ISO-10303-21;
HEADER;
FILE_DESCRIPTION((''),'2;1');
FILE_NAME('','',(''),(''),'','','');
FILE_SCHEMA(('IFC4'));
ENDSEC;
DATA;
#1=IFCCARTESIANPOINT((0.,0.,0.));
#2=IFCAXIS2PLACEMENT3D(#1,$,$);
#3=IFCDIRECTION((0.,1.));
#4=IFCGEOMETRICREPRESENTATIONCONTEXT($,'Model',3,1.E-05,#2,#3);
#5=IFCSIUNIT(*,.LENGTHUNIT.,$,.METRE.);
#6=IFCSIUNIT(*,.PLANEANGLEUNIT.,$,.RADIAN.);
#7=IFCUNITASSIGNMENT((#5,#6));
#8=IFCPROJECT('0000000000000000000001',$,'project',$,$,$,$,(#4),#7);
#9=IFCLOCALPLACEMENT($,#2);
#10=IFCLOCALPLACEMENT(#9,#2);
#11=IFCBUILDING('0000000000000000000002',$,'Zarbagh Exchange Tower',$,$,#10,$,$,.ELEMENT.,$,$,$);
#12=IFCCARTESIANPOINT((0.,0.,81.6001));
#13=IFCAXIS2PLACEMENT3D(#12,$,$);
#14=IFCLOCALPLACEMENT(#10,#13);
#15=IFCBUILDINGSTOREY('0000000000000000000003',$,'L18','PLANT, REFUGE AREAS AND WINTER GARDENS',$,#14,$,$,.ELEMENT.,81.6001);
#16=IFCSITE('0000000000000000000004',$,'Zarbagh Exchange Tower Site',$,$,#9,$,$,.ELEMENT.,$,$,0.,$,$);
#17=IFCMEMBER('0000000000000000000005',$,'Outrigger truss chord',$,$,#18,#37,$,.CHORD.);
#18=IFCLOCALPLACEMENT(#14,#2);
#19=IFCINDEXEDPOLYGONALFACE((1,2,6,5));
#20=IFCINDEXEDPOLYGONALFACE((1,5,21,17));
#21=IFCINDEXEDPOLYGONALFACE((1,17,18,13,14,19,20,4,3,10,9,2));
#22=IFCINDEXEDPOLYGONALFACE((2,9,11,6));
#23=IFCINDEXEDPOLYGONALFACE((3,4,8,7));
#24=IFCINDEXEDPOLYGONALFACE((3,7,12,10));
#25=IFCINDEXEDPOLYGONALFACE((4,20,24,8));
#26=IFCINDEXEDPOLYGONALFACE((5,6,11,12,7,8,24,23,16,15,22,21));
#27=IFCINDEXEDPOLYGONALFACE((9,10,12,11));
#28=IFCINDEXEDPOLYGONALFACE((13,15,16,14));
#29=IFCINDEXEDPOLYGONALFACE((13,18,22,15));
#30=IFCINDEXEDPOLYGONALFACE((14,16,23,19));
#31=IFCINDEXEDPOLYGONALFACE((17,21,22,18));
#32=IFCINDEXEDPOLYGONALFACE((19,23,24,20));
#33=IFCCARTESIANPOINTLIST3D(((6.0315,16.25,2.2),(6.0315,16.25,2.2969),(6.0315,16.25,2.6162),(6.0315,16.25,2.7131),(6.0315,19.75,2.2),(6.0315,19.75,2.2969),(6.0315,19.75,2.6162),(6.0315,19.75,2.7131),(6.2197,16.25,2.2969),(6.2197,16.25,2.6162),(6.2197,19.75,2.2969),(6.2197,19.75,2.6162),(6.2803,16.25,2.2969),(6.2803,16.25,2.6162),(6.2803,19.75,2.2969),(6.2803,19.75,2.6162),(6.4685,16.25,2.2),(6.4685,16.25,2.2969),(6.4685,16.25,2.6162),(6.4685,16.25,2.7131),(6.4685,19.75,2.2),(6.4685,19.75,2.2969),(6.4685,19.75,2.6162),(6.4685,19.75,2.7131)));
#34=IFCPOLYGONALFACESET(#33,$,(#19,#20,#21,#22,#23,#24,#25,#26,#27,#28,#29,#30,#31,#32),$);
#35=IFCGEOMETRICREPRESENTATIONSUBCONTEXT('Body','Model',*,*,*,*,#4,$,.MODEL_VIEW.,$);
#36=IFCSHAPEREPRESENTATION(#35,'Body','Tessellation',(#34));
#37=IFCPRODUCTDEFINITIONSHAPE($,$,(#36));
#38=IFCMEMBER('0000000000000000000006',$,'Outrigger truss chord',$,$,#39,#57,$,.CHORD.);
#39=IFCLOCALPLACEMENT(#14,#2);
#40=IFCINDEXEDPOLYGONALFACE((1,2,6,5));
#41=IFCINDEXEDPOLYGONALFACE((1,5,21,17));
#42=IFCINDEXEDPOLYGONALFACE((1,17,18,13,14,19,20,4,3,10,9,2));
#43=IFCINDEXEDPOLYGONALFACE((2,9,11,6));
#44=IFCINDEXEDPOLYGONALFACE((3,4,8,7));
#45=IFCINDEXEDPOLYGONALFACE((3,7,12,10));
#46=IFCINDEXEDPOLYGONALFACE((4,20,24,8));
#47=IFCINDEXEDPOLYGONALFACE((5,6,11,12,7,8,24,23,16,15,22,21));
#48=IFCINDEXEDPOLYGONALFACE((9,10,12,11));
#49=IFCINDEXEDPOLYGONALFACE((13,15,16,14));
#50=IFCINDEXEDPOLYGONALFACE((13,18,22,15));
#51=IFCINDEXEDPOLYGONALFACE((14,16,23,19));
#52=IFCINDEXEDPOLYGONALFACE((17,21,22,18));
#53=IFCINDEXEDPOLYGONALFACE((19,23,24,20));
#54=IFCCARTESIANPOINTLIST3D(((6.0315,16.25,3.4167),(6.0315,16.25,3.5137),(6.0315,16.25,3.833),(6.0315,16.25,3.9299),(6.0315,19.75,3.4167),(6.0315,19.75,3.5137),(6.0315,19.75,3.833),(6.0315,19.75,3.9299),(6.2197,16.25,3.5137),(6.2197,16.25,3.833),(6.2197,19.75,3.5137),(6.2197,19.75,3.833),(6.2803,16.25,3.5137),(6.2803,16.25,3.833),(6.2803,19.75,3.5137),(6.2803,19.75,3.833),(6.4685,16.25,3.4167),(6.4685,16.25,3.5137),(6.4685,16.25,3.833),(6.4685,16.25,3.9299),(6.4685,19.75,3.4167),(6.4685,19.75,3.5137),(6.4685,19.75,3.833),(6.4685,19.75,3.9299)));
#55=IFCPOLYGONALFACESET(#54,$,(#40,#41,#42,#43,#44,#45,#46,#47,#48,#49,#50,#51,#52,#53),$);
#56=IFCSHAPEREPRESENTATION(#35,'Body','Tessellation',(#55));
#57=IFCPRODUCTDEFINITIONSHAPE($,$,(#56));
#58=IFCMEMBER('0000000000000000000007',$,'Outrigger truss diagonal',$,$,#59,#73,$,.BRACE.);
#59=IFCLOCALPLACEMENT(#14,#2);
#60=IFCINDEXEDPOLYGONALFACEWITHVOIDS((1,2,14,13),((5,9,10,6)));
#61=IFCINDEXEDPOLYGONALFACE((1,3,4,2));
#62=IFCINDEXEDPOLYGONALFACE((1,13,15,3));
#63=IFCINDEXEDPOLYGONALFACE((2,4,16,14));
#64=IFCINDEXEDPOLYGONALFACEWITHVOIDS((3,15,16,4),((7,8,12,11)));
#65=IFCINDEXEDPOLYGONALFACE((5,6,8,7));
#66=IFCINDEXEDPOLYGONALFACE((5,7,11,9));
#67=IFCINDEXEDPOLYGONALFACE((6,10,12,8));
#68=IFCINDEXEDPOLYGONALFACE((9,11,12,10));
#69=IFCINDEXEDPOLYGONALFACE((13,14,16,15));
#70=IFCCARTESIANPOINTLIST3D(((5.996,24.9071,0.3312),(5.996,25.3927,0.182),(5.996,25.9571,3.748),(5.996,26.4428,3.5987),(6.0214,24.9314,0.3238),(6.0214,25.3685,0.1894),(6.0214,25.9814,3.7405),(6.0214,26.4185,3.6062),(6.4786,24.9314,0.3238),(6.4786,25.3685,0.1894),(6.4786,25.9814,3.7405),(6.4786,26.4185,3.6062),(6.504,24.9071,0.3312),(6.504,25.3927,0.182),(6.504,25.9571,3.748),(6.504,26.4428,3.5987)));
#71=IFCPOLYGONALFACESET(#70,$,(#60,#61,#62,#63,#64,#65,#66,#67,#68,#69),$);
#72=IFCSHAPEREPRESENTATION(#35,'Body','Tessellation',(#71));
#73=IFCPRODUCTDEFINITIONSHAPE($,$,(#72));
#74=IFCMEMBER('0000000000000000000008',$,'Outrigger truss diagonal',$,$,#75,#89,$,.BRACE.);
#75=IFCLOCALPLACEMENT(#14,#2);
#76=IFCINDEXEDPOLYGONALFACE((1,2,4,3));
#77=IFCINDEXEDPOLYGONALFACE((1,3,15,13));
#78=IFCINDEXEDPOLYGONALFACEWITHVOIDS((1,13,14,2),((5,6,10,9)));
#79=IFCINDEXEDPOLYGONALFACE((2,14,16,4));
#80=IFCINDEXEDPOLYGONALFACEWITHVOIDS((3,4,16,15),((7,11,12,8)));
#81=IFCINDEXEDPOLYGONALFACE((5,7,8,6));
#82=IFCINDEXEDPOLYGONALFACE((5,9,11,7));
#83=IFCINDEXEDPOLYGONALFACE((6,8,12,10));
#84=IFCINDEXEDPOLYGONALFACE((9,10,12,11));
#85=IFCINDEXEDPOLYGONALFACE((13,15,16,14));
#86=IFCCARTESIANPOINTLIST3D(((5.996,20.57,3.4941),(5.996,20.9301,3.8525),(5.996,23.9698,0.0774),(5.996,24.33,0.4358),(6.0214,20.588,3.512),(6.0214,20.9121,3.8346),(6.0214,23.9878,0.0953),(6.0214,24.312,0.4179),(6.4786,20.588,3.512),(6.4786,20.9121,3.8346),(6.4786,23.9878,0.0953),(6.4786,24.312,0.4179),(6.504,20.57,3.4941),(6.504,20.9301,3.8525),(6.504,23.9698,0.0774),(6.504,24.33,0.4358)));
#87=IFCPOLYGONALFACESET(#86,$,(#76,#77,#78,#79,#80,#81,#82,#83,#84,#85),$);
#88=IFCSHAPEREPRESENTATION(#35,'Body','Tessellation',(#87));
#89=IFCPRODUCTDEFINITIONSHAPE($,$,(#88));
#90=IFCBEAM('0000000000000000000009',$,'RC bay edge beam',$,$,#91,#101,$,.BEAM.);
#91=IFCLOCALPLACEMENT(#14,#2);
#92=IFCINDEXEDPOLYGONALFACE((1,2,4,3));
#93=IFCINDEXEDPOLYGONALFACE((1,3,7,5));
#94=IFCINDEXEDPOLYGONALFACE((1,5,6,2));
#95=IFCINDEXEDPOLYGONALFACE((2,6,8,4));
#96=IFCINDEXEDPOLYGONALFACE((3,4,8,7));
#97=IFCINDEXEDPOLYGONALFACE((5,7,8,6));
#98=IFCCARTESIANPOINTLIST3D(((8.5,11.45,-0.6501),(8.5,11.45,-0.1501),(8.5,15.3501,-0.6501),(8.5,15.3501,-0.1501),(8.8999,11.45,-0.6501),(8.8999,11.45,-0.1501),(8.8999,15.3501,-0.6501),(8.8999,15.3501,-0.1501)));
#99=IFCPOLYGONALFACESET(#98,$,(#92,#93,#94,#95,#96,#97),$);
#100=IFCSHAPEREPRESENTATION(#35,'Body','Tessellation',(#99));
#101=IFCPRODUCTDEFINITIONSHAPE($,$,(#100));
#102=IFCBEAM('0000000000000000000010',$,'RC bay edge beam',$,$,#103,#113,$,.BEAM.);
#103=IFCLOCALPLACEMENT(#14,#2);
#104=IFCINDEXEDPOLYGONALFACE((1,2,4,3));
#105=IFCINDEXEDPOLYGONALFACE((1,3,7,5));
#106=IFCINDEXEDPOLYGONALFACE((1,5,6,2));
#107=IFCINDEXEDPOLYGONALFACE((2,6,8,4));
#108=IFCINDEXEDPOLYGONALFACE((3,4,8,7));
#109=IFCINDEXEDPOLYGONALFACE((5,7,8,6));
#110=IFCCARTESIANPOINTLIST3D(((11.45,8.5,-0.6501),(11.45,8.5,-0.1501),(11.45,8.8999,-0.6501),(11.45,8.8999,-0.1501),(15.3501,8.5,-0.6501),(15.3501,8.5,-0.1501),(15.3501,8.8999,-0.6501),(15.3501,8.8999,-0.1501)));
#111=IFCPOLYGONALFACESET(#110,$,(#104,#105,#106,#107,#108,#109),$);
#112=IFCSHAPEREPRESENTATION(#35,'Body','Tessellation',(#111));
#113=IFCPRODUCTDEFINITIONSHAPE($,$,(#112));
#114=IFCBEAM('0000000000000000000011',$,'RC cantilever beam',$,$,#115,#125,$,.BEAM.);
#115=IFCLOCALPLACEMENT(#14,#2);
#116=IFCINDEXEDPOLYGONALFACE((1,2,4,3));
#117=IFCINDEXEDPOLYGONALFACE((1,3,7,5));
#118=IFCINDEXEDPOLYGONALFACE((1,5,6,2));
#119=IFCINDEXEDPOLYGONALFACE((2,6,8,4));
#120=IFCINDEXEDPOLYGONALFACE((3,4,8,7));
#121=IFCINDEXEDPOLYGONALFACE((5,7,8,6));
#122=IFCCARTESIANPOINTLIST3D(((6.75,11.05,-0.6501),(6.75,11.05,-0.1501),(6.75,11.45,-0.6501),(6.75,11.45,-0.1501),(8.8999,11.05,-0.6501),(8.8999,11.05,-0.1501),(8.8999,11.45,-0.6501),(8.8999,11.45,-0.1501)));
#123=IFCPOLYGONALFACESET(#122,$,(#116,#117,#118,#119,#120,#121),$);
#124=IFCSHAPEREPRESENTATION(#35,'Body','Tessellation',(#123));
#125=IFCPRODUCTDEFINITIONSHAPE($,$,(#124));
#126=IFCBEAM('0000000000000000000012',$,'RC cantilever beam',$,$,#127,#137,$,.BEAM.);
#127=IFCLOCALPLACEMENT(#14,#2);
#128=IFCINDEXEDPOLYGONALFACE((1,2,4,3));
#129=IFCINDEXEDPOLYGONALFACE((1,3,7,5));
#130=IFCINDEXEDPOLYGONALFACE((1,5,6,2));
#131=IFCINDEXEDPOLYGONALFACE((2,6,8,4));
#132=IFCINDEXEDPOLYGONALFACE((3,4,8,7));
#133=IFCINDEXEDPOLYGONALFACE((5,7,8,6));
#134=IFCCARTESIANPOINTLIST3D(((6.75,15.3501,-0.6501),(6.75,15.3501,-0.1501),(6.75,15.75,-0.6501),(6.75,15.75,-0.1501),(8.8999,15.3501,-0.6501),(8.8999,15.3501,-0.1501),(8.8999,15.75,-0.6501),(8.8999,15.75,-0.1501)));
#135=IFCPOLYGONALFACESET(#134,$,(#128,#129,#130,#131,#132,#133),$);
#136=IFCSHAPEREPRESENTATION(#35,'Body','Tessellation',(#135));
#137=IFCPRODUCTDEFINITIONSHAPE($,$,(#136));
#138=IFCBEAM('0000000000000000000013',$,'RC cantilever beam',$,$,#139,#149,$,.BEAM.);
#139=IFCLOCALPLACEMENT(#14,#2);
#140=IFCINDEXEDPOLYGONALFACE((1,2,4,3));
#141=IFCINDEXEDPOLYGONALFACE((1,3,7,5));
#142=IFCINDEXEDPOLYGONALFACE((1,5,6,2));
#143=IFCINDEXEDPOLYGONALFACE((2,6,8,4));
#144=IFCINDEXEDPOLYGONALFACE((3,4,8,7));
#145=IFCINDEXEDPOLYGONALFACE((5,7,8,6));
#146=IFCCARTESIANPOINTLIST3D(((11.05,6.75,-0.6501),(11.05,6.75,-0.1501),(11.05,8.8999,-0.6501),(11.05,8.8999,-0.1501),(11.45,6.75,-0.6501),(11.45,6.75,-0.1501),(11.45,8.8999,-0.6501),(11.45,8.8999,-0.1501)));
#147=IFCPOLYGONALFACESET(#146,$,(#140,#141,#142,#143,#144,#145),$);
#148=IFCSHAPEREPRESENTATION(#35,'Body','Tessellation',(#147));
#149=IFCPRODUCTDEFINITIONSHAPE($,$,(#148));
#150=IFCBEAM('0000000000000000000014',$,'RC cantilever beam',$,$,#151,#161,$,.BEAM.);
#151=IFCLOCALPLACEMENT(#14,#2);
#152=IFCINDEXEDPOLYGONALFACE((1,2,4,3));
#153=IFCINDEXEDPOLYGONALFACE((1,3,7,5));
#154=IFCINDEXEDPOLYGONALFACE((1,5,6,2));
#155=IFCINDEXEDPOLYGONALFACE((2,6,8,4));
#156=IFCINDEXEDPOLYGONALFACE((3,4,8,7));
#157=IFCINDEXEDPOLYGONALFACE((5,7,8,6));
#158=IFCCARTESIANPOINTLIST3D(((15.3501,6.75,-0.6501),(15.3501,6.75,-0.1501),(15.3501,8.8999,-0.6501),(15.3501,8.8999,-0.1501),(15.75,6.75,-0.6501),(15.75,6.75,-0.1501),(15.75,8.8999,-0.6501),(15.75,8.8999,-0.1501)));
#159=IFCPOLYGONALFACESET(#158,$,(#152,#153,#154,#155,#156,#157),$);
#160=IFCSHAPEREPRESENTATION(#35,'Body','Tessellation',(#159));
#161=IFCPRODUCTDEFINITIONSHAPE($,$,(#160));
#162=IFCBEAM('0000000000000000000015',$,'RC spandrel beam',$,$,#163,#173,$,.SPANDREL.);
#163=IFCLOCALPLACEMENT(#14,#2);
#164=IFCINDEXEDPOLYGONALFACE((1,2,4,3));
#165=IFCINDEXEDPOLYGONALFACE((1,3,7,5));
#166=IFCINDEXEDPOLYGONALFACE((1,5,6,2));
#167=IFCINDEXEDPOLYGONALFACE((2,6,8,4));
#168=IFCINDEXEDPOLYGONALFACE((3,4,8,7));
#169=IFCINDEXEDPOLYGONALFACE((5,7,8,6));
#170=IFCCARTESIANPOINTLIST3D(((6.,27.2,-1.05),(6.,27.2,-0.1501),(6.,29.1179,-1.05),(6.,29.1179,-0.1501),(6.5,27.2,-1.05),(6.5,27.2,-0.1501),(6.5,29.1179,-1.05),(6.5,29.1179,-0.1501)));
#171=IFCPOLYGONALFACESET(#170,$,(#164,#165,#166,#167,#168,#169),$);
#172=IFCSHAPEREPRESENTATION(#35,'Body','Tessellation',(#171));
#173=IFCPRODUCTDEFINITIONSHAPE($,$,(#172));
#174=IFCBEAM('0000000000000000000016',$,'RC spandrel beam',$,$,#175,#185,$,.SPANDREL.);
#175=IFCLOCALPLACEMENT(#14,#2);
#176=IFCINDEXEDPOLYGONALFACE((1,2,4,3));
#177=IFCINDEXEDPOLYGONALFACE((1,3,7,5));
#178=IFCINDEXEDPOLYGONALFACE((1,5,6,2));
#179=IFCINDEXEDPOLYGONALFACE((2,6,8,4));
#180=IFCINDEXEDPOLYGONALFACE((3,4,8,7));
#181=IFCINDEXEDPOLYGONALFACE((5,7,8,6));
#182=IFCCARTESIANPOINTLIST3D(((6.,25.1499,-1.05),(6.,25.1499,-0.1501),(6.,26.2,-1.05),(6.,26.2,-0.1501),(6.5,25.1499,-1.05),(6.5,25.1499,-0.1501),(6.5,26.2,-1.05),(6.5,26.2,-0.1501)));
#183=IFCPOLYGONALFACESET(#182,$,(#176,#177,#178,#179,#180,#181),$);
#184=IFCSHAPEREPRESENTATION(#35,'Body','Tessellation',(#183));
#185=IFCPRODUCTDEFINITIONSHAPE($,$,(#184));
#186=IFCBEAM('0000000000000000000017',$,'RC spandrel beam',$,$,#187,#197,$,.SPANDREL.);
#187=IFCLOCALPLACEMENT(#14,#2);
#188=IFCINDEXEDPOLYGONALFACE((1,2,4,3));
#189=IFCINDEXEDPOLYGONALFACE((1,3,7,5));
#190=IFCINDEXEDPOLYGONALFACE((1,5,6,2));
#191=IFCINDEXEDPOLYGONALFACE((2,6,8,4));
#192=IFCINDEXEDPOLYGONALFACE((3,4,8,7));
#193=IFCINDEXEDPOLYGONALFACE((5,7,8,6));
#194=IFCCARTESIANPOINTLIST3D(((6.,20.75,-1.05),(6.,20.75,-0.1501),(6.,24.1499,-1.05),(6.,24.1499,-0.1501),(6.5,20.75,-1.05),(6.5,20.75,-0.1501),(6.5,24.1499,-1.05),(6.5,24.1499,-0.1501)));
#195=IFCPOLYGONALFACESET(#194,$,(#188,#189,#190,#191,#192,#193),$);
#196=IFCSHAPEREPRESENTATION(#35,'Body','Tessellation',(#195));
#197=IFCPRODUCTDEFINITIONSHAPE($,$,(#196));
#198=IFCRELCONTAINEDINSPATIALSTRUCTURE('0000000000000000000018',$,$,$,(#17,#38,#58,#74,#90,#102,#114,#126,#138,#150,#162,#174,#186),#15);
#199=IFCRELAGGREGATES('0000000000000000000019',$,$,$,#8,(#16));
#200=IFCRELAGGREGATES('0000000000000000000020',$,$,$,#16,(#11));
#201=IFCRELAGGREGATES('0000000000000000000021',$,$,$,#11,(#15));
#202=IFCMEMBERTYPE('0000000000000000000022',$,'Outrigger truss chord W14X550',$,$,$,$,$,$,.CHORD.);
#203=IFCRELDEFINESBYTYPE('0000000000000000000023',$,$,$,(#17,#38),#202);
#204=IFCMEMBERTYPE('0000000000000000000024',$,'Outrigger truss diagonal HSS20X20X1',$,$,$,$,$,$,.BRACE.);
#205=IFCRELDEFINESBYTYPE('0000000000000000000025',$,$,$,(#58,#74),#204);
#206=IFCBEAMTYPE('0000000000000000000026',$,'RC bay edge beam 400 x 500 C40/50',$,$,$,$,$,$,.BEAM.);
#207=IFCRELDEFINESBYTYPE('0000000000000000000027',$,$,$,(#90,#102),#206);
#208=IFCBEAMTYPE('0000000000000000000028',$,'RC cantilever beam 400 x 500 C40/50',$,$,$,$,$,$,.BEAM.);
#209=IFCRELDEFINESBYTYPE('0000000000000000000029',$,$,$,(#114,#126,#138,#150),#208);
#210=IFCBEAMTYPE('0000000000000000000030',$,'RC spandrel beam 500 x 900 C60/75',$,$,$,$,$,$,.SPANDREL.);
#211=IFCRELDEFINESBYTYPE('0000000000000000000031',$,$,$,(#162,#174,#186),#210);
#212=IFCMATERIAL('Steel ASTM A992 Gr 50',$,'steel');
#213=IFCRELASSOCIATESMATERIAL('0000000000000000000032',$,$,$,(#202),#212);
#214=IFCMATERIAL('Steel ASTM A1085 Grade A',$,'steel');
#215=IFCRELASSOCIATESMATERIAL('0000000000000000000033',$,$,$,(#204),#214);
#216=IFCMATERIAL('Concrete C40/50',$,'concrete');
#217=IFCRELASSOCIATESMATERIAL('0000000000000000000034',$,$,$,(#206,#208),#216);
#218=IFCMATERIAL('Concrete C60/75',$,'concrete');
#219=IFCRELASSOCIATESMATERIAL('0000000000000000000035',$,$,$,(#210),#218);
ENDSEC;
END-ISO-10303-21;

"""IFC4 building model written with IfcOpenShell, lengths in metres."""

from ifc_helpers import new_model, si_unit, direction, frame, origin, origin_2d, place, context, subcontext, project, spatial, rectangle, hollow_rectangle, i_section, extrude, material, material_profile, profile_set, type_object, element, save


model = new_model("IFC4")

# Units and contexts
model_context = context("Model", 3, precision=1e-05, world=origin(), true_north=direction((0.0, 1.0)))
body_context = subcontext(model_context, "Body", "Model", "MODEL_VIEW")
ifc_project = project(units=[si_unit("LENGTHUNIT", "METRE"), si_unit("PLANEANGLEUNIT", "RADIAN")], contexts=[model_context])

# Site, building, storey
site_placement = place(None, origin())
site = spatial("IfcSite", under=ifc_project, at=site_placement, Name="Zarbagh Exchange Tower Site", CompositionType="ELEMENT", RefElevation=0.0)
building_placement = place(site_placement, origin())
building = spatial("IfcBuilding", under=site, at=building_placement, Name="Zarbagh Exchange Tower", CompositionType="ELEMENT")
storey_placement = place(building_placement, frame((0.0, 0.0, 81.6001)))
storey = spatial("IfcBuildingStorey", under=building, at=storey_placement, Name="L18", Description="PLANT, REFUGE AREAS AND WINTER GARDENS", CompositionType="ELEMENT", Elevation=81.6001)

# Shared definitions
ifc_material_1 = material(Name="Concrete C60/75", Category="concrete")

# Members
ifc_material_2 = material(Name="Steel ASTM A992 Gr 50", Category="steel")
ifc_material_profile_1 = material_profile(ifc_material_2, i_section(OverallWidth=0.437, OverallDepth=0.5132, WebThickness=0.0605, FlangeThickness=0.0969, at=origin_2d()), Name="W14X550")
ifc_profile_set_1 = profile_set([ifc_material_profile_1], Name="Steel ASTM A992 Gr 50")
member_type_1 = type_object("IfcMemberType", Name="Outrigger truss chord W14X550", PredefinedType="CHORD", material=ifc_profile_set_1)
for number, where, z_axis, x_axis, name in (
    (1, (6.25, 19.75, 2.4565), (0.0, -1.0, 0.0), (1.0, 0.0, 0.0), "Outrigger truss chord"),
    (2, (6.25, 19.75, 3.6733), (0.0, -1.0, 0.0), (1.0, 0.0, 0.0), "Outrigger truss chord"),
):
    element("IfcMember", number, at=place(storey_placement, frame(where, z_axis=z_axis, x_axis=x_axis)), inside=storey, type_object=member_type_1, Name=name, PredefinedType="CHORD", context=body_context, shape_type="SweptSolid", body=[
        extrude(i_section(OverallWidth=0.437, OverallDepth=0.5132, WebThickness=0.0605, FlangeThickness=0.0969, at=origin_2d()), origin(), (0.0, 0.0, 1.0), 3.5),
    ])
ifc_material_3 = material(Name="Steel ASTM A1085 Grade A", Category="steel")
ifc_material_profile_2 = material_profile(ifc_material_3, hollow_rectangle(XDim=0.5081, YDim=0.5081, WallThickness=0.0254, at=origin_2d()), Name="HSS20X20X1")
ifc_profile_set_2 = profile_set([ifc_material_profile_2], Name="Steel ASTM A1085 Grade A")
member_type_2 = type_object("IfcMemberType", Name="Outrigger truss diagonal HSS20X20X1", PredefinedType="BRACE", material=ifc_profile_set_2)
member_1_placement = place(storey_placement, frame((6.25, 25.1499, 0.2566), z_axis=(0.0, 0.293764, 0.955878), x_axis=(-1.0, 0.0, 0.0)))
element("IfcMember", 3, at=member_1_placement, inside=storey, type_object=member_type_2, Name="Outrigger truss diagonal", PredefinedType="BRACE", context=body_context, shape_type="SweptSolid", body=[
    extrude(hollow_rectangle(XDim=0.5081, YDim=0.5081, WallThickness=0.0254, at=origin_2d()), origin(), (0.0, 0.0, 1.0), 3.5745),
])
member_2_placement = place(storey_placement, frame((6.25, 24.1499, 0.2566), z_axis=(0.0, -0.705357, 0.708852), x_axis=(1.0, 0.0, 0.0)))
element("IfcMember", 4, at=member_2_placement, inside=storey, type_object=member_type_2, Name="Outrigger truss diagonal", PredefinedType="BRACE", context=body_context, shape_type="SweptSolid", body=[
    extrude(hollow_rectangle(XDim=0.5081, YDim=0.5081, WallThickness=0.0254, at=origin_2d()), origin(), (0.0, 0.0, 1.0), 4.8201),
])

# Beams
ifc_material_4 = material(Name="Concrete C40/50", Category="concrete")
ifc_material_profile_3 = material_profile(ifc_material_4, rectangle(XDim=0.3999, YDim=0.5, at=origin_2d()), Name="RC bay edge beam 400 x 500 C40/50")
ifc_profile_set_3 = profile_set([ifc_material_profile_3], Name="Concrete C40/50")
beam_type_1 = type_object("IfcBeamType", Name="RC bay edge beam 400 x 500 C40/50", PredefinedType="BEAM", material=ifc_profile_set_3)
for number, where, z_axis, x_axis, name in (
    (5, (8.7, 11.45, -0.4001), (0.0, 1.0, 0.0), (-1.0, 0.0, 0.0), "RC bay edge beam"),
    (6, (11.45, 8.7, -0.4001), (1.0, 0.0, 0.0), (0.0, 1.0, 0.0), "RC bay edge beam"),
):
    element("IfcBeam", number, at=place(storey_placement, frame(where, z_axis=z_axis, x_axis=x_axis)), inside=storey, type_object=beam_type_1, Name=name, PredefinedType="BEAM", context=body_context, shape_type="SweptSolid", body=[
        extrude(rectangle(XDim=0.3999, YDim=0.5, at=origin_2d()), origin(), (0.0, 0.0, 1.0), 3.9001),
    ])
ifc_material_profile_4 = material_profile(ifc_material_4, rectangle(XDim=0.3999, YDim=0.5, at=origin_2d()), Name="RC cantilever beam 400 x 500 C40/50")
ifc_profile_set_4 = profile_set([ifc_material_profile_4], Name="Concrete C40/50")
beam_type_2 = type_object("IfcBeamType", Name="RC cantilever beam 400 x 500 C40/50", PredefinedType="BEAM", material=ifc_profile_set_4)
for number, where, z_axis, x_axis, name in (
    (7, (6.75, 11.25, -0.4001), (1.0, 0.0, 0.0), (0.0, 1.0, 0.0), "RC cantilever beam"),
    (8, (6.75, 15.55, -0.4001), (1.0, 0.0, 0.0), (0.0, 1.0, 0.0), "RC cantilever beam"),
    (9, (11.25, 6.75, -0.4001), (0.0, 1.0, 0.0), (-1.0, 0.0, 0.0), "RC cantilever beam"),
    (10, (15.55, 6.75, -0.4001), (0.0, 1.0, 0.0), (-1.0, 0.0, 0.0), "RC cantilever beam"),
):
    element("IfcBeam", number, at=place(storey_placement, frame(where, z_axis=z_axis, x_axis=x_axis)), inside=storey, type_object=beam_type_2, Name=name, PredefinedType="BEAM", context=body_context, shape_type="SweptSolid", body=[
        extrude(rectangle(XDim=0.3999, YDim=0.5, at=origin_2d()), origin(), (0.0, 0.0, 1.0), 2.1499),
    ])
ifc_material_profile_5 = material_profile(ifc_material_1, rectangle(XDim=0.5, YDim=0.8999, at=origin_2d()), Name="RC spandrel beam 500 x 900 C60/75")
ifc_profile_set_5 = profile_set([ifc_material_profile_5], Name="Concrete C60/75")
beam_type_3 = type_object("IfcBeamType", Name="RC spandrel beam 500 x 900 C60/75", PredefinedType="SPANDREL", material=ifc_profile_set_5)
beam_1_placement = place(storey_placement, frame((6.25, 29.1179, -0.6001), z_axis=(0.0, -1.0, 0.0), x_axis=(1.0, 0.0, 0.0)))
element("IfcBeam", 11, at=beam_1_placement, inside=storey, type_object=beam_type_3, Name="RC spandrel beam", PredefinedType="SPANDREL", context=body_context, shape_type="SweptSolid", body=[
    extrude(rectangle(XDim=0.5, YDim=0.8999, at=origin_2d()), origin(), (0.0, 0.0, 1.0), 1.918),
])
beam_2_placement = place(storey_placement, frame((6.25, 26.2, -0.6001), z_axis=(0.0, -1.0, 0.0), x_axis=(1.0, 0.0, 0.0)))
element("IfcBeam", 12, at=beam_2_placement, inside=storey, type_object=beam_type_3, Name="RC spandrel beam", PredefinedType="SPANDREL", context=body_context, shape_type="SweptSolid", body=[
    extrude(rectangle(XDim=0.5, YDim=0.8999, at=origin_2d()), origin(), (0.0, 0.0, 1.0), 1.05),
])
beam_3_placement = place(storey_placement, frame((6.25, 24.1499, -0.6001), z_axis=(0.0, -1.0, 0.0), x_axis=(1.0, 0.0, 0.0)))
element("IfcBeam", 13, at=beam_3_placement, inside=storey, type_object=beam_type_3, Name="RC spandrel beam", PredefinedType="SPANDREL", context=body_context, shape_type="SweptSolid", body=[
    extrude(rectangle(XDim=0.5, YDim=0.8999, at=origin_2d()), origin(), (0.0, 0.0, 1.0), 3.3999),
])

save(model, "model.ifc")
